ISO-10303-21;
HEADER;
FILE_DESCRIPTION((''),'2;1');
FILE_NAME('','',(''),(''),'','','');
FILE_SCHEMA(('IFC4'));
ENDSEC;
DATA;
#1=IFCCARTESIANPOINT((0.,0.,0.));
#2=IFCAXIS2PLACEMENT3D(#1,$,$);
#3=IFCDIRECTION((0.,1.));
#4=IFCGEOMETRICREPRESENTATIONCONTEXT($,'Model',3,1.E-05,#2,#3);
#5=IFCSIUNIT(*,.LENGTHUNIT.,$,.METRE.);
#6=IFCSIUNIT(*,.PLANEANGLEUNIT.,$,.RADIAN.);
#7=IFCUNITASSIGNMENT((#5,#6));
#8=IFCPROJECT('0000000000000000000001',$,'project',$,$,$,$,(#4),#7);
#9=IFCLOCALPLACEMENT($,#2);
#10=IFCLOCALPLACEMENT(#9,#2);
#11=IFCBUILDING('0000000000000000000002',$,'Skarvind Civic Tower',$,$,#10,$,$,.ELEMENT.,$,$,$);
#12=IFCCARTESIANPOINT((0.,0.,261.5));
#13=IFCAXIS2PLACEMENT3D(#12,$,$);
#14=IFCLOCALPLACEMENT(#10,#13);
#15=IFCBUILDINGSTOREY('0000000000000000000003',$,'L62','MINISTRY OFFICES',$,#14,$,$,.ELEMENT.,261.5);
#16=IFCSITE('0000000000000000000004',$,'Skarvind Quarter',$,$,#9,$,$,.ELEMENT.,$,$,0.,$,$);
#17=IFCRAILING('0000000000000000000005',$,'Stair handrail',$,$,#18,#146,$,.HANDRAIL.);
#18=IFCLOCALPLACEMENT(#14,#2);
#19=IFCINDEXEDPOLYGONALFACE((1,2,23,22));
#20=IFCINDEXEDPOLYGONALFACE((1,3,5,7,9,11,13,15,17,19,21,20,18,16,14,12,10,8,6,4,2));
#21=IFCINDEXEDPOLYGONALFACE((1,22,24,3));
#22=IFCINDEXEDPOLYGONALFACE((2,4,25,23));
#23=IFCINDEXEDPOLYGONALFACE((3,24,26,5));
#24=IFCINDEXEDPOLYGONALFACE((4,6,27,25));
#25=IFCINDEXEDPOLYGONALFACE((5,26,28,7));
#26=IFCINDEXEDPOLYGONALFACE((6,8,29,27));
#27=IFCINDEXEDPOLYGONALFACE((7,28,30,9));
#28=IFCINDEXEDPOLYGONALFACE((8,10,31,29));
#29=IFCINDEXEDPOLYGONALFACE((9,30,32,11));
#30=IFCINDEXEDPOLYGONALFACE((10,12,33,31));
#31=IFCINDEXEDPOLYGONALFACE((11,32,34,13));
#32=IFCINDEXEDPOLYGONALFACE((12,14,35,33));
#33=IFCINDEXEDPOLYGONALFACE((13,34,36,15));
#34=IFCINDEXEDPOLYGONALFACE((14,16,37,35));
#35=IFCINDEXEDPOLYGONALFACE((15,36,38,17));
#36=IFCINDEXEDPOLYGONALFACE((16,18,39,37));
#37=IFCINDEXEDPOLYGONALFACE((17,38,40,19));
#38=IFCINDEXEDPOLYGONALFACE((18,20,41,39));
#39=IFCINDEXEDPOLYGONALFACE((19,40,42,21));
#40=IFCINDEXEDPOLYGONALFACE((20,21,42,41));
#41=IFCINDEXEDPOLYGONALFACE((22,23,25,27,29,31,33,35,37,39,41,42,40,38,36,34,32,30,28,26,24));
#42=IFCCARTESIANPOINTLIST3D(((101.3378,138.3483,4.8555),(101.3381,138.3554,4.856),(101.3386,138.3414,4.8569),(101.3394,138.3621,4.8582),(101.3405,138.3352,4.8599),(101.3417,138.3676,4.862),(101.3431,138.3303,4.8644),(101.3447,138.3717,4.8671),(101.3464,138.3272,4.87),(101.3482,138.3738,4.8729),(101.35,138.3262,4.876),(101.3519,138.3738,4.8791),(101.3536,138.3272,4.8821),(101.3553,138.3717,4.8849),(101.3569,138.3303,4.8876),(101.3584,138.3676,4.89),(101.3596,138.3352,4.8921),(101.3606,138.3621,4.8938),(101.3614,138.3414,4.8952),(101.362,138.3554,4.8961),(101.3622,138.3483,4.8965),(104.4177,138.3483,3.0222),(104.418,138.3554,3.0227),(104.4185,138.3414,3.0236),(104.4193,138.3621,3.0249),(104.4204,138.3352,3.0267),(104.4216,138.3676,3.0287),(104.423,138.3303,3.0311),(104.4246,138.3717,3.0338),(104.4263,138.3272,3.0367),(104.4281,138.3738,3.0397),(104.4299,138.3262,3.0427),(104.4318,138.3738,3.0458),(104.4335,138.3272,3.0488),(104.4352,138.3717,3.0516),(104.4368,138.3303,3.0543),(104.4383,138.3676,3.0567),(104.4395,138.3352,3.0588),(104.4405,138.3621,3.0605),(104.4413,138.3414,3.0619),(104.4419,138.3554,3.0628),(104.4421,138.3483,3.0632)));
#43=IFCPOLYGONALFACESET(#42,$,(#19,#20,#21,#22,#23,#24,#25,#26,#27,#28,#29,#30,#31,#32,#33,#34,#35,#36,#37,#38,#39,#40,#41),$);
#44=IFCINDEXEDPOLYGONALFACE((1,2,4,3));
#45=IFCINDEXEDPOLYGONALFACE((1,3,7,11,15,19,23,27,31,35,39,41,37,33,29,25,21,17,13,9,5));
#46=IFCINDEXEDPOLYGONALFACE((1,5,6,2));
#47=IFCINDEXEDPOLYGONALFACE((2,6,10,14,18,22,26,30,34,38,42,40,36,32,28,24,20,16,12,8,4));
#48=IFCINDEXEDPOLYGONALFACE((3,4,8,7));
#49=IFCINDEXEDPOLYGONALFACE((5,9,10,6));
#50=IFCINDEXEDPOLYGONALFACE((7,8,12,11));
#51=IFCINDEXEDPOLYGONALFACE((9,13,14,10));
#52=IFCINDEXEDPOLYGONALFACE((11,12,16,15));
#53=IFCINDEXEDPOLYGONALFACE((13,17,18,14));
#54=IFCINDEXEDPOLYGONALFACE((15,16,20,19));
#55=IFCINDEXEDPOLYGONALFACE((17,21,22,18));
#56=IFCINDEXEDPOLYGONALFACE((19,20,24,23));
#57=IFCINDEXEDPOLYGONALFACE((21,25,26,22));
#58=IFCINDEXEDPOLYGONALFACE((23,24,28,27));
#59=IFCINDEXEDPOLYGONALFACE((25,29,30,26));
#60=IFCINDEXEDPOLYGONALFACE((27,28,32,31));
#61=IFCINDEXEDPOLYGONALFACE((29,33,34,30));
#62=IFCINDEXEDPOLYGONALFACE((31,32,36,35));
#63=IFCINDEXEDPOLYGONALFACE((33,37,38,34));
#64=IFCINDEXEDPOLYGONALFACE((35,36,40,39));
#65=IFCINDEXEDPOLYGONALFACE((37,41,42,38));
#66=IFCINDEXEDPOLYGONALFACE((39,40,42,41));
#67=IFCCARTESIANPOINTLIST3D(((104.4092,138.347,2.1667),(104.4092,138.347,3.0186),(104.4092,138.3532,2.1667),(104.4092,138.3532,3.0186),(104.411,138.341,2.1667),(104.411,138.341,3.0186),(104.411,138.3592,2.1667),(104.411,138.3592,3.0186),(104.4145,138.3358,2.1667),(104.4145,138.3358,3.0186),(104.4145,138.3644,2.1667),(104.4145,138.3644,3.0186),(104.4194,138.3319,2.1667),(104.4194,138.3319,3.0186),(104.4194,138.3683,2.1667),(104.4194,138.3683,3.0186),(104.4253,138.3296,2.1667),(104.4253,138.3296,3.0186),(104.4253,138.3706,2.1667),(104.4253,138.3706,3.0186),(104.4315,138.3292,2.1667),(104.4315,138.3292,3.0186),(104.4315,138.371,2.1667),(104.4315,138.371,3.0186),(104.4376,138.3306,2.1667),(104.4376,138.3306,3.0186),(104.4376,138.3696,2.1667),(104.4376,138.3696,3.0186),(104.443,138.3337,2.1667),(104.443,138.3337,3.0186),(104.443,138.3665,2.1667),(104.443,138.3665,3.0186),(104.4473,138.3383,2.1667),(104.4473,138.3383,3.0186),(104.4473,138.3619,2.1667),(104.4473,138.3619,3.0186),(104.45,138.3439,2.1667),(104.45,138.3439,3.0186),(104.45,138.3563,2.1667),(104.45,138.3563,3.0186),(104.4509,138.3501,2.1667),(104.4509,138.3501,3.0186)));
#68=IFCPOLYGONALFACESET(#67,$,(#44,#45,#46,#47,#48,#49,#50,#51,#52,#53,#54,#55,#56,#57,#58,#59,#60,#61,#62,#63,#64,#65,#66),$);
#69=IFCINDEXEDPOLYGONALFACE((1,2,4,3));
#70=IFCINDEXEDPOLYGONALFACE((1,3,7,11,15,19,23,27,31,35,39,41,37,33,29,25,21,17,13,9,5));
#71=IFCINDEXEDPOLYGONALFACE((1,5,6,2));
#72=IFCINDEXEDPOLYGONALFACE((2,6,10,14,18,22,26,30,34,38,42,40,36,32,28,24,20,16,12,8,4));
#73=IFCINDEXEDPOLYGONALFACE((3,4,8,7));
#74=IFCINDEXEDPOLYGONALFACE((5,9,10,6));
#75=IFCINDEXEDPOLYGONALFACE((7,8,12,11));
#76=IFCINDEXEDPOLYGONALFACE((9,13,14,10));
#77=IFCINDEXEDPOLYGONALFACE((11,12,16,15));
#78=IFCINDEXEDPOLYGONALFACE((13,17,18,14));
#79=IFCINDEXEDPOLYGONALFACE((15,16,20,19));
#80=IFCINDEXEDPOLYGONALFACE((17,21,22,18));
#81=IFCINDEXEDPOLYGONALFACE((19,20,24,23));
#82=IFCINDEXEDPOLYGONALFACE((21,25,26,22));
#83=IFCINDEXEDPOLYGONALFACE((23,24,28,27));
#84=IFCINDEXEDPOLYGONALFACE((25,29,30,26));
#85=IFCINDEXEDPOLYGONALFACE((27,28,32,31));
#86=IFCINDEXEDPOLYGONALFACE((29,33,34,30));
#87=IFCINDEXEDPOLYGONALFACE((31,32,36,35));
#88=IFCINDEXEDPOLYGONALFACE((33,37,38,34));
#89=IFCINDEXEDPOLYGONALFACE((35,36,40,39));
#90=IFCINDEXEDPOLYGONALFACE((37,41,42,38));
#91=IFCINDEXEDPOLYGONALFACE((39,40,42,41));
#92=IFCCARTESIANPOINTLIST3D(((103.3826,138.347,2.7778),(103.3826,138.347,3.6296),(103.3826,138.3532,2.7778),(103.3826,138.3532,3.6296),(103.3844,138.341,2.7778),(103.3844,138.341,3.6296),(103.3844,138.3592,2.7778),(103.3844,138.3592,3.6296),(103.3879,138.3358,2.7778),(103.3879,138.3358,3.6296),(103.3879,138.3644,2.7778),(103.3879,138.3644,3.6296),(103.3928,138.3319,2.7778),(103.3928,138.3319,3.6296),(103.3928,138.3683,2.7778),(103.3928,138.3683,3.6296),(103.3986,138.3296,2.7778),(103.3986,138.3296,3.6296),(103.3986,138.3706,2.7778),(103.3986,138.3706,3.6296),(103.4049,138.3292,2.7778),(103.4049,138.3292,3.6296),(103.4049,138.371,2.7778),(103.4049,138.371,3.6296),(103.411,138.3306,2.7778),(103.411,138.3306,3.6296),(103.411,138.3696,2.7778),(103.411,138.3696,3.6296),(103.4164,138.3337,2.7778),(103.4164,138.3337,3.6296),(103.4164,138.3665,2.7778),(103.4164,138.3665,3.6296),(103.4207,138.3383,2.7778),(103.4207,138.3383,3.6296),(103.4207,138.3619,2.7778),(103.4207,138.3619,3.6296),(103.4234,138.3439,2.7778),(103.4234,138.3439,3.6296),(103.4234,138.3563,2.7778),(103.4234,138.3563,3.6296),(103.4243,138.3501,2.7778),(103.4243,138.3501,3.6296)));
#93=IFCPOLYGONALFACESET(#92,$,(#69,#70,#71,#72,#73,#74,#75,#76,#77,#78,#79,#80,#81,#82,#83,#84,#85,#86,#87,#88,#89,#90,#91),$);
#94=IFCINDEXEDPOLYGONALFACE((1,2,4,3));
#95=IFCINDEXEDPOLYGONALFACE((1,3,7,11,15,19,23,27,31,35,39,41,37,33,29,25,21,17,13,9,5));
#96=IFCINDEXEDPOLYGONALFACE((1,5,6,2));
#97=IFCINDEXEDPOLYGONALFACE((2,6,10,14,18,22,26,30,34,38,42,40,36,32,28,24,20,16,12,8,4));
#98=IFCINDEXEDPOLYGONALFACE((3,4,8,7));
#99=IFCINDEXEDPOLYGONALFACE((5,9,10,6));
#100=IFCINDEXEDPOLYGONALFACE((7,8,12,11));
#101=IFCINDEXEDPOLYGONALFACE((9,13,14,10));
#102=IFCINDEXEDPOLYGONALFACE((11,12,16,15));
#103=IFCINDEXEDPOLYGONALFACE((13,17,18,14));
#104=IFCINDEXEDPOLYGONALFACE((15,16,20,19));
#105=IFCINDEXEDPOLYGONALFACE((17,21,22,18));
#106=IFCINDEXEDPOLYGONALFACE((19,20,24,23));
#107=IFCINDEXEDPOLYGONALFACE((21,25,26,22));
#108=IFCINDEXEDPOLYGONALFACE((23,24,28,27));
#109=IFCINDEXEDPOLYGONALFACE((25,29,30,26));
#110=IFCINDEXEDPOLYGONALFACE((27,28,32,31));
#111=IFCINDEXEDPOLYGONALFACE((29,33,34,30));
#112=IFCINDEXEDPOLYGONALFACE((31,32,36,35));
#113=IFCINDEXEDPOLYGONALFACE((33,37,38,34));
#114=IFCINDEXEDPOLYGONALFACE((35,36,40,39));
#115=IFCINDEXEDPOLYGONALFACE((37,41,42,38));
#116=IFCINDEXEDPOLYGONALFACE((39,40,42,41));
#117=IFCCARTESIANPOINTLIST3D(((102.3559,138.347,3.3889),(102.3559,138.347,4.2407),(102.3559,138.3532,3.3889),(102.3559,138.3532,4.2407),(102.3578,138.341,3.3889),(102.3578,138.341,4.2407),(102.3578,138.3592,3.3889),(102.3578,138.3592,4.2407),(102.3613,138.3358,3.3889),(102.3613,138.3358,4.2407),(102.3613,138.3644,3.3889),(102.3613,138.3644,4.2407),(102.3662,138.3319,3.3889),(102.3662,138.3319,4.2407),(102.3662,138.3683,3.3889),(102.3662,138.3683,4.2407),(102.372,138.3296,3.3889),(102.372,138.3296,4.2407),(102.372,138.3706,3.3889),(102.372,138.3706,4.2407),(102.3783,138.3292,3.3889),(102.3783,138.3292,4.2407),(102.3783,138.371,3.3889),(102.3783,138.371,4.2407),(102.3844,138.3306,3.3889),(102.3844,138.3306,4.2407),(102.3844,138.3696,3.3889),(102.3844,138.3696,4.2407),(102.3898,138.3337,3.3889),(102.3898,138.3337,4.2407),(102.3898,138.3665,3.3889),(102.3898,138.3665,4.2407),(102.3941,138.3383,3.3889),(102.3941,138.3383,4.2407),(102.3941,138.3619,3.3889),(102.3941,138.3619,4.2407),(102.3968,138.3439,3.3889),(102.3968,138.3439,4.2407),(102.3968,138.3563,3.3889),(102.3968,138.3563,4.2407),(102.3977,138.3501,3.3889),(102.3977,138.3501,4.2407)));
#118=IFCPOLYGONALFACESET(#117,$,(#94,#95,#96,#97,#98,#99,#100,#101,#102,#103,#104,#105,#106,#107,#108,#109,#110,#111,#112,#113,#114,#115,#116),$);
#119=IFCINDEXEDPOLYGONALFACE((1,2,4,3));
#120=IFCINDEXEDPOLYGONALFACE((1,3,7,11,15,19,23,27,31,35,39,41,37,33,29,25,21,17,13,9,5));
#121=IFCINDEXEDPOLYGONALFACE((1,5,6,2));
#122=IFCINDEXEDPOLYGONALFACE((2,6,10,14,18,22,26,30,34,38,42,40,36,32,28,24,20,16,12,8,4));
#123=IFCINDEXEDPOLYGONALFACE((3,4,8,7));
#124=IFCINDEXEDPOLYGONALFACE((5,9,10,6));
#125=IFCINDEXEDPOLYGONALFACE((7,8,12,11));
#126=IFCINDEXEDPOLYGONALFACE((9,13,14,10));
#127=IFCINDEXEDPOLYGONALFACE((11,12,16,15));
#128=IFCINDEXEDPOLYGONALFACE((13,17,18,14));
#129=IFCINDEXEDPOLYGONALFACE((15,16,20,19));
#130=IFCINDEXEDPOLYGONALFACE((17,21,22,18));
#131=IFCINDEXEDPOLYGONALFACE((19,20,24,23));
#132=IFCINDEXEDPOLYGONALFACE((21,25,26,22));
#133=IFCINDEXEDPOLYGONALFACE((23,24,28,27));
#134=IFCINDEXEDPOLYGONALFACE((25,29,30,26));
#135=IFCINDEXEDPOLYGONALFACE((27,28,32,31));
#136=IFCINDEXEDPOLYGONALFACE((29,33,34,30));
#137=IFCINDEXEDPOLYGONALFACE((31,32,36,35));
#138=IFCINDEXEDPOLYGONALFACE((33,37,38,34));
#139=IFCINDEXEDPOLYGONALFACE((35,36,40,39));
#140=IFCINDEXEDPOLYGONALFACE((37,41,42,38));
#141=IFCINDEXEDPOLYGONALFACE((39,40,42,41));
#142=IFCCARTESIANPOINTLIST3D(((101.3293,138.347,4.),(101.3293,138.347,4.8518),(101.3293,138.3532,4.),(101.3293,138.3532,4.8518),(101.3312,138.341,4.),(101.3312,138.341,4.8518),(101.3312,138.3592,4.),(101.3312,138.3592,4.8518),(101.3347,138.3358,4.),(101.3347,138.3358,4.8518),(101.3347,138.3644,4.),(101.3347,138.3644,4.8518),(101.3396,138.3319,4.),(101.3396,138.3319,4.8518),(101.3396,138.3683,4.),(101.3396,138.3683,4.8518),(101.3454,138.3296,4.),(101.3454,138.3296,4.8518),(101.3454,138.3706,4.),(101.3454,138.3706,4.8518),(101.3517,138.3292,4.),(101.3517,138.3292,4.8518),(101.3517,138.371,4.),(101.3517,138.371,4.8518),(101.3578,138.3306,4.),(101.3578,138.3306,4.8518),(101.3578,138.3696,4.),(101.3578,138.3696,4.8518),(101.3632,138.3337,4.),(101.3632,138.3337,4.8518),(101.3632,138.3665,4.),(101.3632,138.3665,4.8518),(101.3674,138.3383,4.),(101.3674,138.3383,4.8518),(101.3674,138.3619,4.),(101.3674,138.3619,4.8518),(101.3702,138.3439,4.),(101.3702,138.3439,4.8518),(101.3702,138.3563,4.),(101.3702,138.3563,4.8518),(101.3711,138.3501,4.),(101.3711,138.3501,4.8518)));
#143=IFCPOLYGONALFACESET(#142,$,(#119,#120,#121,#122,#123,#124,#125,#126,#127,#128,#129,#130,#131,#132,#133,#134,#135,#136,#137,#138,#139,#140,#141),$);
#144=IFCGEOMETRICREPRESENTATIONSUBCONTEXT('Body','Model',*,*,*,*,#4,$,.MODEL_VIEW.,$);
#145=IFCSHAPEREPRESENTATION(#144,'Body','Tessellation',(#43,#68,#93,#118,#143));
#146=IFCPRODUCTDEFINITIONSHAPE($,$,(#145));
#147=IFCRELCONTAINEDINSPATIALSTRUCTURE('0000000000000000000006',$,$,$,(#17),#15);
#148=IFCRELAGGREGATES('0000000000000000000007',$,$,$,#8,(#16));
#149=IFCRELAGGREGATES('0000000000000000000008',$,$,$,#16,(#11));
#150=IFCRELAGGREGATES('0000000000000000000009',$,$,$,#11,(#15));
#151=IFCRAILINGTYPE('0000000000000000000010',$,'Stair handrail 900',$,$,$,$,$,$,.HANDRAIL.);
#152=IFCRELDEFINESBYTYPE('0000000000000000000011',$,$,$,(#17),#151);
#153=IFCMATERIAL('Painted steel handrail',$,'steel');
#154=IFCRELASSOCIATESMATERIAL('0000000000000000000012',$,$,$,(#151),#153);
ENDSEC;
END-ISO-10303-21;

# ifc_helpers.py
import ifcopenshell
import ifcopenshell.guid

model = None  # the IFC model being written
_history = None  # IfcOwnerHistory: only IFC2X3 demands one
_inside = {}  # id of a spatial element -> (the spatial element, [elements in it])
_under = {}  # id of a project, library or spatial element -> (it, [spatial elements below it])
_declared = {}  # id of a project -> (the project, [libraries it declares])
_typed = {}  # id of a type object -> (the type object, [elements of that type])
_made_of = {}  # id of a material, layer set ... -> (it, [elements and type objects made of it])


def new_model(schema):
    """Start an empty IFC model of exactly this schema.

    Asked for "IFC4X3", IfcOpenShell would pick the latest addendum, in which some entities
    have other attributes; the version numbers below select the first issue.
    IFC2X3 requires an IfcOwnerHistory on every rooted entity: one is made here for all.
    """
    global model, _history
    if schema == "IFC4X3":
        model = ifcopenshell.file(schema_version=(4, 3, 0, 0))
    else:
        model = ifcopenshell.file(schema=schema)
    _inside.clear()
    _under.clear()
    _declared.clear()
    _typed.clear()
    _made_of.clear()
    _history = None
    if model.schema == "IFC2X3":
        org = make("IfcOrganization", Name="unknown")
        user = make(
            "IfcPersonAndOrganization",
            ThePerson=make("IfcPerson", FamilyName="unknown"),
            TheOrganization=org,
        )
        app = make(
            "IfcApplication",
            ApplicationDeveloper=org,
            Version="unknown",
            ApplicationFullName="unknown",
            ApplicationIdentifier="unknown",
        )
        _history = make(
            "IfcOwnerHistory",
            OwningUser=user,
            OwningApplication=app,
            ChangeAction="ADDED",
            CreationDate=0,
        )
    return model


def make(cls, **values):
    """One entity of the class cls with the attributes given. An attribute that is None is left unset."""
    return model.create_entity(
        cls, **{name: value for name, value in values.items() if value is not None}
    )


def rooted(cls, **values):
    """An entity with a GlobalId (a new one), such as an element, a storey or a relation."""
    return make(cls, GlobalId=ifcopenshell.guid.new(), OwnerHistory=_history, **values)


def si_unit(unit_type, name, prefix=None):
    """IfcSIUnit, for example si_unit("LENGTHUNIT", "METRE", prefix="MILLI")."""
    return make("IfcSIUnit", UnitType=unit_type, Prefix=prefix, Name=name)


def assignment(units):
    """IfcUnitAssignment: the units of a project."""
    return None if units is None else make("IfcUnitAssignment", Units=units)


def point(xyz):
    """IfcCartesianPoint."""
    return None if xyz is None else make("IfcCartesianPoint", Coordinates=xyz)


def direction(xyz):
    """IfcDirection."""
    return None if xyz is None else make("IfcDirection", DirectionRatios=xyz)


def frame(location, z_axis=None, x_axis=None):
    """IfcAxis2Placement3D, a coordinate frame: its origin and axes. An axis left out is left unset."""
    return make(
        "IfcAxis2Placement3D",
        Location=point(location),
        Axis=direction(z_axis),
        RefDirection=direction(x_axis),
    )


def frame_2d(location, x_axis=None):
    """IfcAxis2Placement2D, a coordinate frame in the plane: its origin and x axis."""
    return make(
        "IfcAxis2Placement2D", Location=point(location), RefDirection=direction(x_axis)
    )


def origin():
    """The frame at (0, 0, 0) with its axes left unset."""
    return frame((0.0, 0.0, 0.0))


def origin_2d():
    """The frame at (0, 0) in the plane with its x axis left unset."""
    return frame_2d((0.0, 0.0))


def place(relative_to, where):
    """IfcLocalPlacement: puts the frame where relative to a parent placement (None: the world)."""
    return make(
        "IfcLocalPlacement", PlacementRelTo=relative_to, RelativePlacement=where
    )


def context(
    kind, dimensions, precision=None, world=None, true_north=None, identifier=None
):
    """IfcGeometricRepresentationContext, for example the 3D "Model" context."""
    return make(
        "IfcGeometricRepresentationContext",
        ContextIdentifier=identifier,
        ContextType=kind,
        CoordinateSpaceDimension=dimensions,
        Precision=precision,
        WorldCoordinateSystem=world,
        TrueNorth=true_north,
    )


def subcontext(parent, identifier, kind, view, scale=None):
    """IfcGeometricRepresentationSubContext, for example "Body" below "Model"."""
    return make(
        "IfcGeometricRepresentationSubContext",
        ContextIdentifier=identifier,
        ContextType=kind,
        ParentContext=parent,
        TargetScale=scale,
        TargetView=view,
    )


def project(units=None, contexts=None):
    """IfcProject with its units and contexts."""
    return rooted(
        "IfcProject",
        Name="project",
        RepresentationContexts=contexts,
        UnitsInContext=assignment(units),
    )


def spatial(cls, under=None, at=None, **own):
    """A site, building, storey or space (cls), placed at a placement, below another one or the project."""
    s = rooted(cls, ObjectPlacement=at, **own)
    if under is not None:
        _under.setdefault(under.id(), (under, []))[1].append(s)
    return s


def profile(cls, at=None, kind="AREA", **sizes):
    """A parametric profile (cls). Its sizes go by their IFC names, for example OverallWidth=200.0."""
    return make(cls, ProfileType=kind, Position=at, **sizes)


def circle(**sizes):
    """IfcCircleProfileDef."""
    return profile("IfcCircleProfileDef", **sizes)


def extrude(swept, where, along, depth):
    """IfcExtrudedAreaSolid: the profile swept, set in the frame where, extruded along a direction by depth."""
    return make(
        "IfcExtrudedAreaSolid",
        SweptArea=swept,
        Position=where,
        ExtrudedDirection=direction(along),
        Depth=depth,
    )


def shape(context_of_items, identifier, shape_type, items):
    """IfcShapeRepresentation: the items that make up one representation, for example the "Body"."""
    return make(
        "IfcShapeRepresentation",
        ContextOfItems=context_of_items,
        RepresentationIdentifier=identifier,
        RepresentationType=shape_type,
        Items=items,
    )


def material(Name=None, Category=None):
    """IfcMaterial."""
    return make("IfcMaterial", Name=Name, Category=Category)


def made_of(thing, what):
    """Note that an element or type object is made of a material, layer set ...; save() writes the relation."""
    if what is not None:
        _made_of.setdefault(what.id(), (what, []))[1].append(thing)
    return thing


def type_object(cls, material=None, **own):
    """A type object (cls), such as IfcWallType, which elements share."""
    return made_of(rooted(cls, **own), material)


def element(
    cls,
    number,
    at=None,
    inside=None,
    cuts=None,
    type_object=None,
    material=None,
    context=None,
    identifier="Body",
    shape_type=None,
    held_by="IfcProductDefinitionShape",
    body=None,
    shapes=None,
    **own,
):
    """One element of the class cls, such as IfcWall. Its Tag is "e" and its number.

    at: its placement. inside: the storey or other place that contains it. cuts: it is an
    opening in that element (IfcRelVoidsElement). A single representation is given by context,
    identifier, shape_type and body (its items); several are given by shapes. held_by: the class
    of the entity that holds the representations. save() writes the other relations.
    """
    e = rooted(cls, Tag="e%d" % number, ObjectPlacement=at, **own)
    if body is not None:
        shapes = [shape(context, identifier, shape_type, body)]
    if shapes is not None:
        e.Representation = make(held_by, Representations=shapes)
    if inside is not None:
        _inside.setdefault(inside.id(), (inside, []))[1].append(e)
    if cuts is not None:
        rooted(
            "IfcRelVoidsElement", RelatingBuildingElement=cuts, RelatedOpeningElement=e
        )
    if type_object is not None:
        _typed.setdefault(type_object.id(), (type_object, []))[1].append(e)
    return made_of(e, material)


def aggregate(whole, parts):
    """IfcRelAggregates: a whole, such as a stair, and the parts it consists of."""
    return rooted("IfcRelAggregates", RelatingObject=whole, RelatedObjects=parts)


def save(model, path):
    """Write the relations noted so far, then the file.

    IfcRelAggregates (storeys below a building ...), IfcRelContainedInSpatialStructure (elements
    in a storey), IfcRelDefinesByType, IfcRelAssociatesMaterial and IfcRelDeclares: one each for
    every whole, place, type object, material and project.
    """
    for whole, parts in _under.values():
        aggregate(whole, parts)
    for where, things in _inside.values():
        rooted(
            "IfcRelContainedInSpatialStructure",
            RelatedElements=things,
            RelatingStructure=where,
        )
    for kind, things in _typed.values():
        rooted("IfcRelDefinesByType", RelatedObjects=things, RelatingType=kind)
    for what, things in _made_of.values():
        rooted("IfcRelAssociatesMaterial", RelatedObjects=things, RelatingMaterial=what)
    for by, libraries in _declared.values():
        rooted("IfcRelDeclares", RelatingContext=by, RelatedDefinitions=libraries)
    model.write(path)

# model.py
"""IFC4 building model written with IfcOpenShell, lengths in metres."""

from ifc_helpers import new_model, si_unit, direction, frame, origin, origin_2d, place, context, subcontext, project, spatial, circle, extrude, material, type_object, element, save


model = new_model("IFC4")

# Units and contexts
model_context = context("Model", 3, precision=1e-05, world=origin(), true_north=direction((0.0, 1.0)))
body_context = subcontext(model_context, "Body", "Model", "MODEL_VIEW")
ifc_project = project(units=[si_unit("LENGTHUNIT", "METRE"), si_unit("PLANEANGLEUNIT", "RADIAN")], contexts=[model_context])

# Site, building, storey
site_placement = place(None, origin())
site = spatial("IfcSite", under=ifc_project, at=site_placement, Name="Skarvind Quarter", CompositionType="ELEMENT", RefElevation=0.0)
building_placement = place(site_placement, origin())
building = spatial("IfcBuilding", under=site, at=building_placement, Name="Skarvind Civic Tower", CompositionType="ELEMENT")
storey_placement = place(building_placement, frame((0.0, 0.0, 261.5)))
storey = spatial("IfcBuildingStorey", under=building, at=storey_placement, Name="L62", Description="MINISTRY OFFICES", CompositionType="ELEMENT", Elevation=261.5)

# Railing
ifc_material_1 = material(Name="Painted steel handrail", Category="steel")
railing_type = type_object("IfcRailingType", Name="Stair handrail 900", PredefinedType="HANDRAIL", material=ifc_material_1)
railing_1_placement = place(storey_placement, frame((104.4299, 138.3501, 2.1667)))
element("IfcRailing", 1, at=railing_1_placement, inside=storey, type_object=railing_type, Name="Stair handrail", PredefinedType="HANDRAIL", context=body_context, shape_type="SweptSolid", body=[
    extrude(circle(Radius=0.0239, at=origin_2d()), frame((0.0, 0.0, 0.876), z_axis=(-0.859291, 0.0, 0.511487), x_axis=(0.0, -1.0, 0.0)), (0.0, 0.0, 1.0), 3.5842),
    extrude(circle(Radius=0.021, at=origin_2d()), origin(), (0.0, 0.0, 1.0), 0.8518),
    extrude(circle(Radius=0.021, at=origin_2d()), frame((-1.0266, 0.0, 0.6111)), (0.0, 0.0, 1.0), 0.8518),
    extrude(circle(Radius=0.021, at=origin_2d()), frame((-2.0532, 0.0, 1.2222)), (0.0, 0.0, 1.0), 0.8518),
    extrude(circle(Radius=0.021, at=origin_2d()), frame((-3.0798, 0.0, 1.8333)), (0.0, 0.0, 1.0), 0.8518),
])

save(model, "model.ifc")
